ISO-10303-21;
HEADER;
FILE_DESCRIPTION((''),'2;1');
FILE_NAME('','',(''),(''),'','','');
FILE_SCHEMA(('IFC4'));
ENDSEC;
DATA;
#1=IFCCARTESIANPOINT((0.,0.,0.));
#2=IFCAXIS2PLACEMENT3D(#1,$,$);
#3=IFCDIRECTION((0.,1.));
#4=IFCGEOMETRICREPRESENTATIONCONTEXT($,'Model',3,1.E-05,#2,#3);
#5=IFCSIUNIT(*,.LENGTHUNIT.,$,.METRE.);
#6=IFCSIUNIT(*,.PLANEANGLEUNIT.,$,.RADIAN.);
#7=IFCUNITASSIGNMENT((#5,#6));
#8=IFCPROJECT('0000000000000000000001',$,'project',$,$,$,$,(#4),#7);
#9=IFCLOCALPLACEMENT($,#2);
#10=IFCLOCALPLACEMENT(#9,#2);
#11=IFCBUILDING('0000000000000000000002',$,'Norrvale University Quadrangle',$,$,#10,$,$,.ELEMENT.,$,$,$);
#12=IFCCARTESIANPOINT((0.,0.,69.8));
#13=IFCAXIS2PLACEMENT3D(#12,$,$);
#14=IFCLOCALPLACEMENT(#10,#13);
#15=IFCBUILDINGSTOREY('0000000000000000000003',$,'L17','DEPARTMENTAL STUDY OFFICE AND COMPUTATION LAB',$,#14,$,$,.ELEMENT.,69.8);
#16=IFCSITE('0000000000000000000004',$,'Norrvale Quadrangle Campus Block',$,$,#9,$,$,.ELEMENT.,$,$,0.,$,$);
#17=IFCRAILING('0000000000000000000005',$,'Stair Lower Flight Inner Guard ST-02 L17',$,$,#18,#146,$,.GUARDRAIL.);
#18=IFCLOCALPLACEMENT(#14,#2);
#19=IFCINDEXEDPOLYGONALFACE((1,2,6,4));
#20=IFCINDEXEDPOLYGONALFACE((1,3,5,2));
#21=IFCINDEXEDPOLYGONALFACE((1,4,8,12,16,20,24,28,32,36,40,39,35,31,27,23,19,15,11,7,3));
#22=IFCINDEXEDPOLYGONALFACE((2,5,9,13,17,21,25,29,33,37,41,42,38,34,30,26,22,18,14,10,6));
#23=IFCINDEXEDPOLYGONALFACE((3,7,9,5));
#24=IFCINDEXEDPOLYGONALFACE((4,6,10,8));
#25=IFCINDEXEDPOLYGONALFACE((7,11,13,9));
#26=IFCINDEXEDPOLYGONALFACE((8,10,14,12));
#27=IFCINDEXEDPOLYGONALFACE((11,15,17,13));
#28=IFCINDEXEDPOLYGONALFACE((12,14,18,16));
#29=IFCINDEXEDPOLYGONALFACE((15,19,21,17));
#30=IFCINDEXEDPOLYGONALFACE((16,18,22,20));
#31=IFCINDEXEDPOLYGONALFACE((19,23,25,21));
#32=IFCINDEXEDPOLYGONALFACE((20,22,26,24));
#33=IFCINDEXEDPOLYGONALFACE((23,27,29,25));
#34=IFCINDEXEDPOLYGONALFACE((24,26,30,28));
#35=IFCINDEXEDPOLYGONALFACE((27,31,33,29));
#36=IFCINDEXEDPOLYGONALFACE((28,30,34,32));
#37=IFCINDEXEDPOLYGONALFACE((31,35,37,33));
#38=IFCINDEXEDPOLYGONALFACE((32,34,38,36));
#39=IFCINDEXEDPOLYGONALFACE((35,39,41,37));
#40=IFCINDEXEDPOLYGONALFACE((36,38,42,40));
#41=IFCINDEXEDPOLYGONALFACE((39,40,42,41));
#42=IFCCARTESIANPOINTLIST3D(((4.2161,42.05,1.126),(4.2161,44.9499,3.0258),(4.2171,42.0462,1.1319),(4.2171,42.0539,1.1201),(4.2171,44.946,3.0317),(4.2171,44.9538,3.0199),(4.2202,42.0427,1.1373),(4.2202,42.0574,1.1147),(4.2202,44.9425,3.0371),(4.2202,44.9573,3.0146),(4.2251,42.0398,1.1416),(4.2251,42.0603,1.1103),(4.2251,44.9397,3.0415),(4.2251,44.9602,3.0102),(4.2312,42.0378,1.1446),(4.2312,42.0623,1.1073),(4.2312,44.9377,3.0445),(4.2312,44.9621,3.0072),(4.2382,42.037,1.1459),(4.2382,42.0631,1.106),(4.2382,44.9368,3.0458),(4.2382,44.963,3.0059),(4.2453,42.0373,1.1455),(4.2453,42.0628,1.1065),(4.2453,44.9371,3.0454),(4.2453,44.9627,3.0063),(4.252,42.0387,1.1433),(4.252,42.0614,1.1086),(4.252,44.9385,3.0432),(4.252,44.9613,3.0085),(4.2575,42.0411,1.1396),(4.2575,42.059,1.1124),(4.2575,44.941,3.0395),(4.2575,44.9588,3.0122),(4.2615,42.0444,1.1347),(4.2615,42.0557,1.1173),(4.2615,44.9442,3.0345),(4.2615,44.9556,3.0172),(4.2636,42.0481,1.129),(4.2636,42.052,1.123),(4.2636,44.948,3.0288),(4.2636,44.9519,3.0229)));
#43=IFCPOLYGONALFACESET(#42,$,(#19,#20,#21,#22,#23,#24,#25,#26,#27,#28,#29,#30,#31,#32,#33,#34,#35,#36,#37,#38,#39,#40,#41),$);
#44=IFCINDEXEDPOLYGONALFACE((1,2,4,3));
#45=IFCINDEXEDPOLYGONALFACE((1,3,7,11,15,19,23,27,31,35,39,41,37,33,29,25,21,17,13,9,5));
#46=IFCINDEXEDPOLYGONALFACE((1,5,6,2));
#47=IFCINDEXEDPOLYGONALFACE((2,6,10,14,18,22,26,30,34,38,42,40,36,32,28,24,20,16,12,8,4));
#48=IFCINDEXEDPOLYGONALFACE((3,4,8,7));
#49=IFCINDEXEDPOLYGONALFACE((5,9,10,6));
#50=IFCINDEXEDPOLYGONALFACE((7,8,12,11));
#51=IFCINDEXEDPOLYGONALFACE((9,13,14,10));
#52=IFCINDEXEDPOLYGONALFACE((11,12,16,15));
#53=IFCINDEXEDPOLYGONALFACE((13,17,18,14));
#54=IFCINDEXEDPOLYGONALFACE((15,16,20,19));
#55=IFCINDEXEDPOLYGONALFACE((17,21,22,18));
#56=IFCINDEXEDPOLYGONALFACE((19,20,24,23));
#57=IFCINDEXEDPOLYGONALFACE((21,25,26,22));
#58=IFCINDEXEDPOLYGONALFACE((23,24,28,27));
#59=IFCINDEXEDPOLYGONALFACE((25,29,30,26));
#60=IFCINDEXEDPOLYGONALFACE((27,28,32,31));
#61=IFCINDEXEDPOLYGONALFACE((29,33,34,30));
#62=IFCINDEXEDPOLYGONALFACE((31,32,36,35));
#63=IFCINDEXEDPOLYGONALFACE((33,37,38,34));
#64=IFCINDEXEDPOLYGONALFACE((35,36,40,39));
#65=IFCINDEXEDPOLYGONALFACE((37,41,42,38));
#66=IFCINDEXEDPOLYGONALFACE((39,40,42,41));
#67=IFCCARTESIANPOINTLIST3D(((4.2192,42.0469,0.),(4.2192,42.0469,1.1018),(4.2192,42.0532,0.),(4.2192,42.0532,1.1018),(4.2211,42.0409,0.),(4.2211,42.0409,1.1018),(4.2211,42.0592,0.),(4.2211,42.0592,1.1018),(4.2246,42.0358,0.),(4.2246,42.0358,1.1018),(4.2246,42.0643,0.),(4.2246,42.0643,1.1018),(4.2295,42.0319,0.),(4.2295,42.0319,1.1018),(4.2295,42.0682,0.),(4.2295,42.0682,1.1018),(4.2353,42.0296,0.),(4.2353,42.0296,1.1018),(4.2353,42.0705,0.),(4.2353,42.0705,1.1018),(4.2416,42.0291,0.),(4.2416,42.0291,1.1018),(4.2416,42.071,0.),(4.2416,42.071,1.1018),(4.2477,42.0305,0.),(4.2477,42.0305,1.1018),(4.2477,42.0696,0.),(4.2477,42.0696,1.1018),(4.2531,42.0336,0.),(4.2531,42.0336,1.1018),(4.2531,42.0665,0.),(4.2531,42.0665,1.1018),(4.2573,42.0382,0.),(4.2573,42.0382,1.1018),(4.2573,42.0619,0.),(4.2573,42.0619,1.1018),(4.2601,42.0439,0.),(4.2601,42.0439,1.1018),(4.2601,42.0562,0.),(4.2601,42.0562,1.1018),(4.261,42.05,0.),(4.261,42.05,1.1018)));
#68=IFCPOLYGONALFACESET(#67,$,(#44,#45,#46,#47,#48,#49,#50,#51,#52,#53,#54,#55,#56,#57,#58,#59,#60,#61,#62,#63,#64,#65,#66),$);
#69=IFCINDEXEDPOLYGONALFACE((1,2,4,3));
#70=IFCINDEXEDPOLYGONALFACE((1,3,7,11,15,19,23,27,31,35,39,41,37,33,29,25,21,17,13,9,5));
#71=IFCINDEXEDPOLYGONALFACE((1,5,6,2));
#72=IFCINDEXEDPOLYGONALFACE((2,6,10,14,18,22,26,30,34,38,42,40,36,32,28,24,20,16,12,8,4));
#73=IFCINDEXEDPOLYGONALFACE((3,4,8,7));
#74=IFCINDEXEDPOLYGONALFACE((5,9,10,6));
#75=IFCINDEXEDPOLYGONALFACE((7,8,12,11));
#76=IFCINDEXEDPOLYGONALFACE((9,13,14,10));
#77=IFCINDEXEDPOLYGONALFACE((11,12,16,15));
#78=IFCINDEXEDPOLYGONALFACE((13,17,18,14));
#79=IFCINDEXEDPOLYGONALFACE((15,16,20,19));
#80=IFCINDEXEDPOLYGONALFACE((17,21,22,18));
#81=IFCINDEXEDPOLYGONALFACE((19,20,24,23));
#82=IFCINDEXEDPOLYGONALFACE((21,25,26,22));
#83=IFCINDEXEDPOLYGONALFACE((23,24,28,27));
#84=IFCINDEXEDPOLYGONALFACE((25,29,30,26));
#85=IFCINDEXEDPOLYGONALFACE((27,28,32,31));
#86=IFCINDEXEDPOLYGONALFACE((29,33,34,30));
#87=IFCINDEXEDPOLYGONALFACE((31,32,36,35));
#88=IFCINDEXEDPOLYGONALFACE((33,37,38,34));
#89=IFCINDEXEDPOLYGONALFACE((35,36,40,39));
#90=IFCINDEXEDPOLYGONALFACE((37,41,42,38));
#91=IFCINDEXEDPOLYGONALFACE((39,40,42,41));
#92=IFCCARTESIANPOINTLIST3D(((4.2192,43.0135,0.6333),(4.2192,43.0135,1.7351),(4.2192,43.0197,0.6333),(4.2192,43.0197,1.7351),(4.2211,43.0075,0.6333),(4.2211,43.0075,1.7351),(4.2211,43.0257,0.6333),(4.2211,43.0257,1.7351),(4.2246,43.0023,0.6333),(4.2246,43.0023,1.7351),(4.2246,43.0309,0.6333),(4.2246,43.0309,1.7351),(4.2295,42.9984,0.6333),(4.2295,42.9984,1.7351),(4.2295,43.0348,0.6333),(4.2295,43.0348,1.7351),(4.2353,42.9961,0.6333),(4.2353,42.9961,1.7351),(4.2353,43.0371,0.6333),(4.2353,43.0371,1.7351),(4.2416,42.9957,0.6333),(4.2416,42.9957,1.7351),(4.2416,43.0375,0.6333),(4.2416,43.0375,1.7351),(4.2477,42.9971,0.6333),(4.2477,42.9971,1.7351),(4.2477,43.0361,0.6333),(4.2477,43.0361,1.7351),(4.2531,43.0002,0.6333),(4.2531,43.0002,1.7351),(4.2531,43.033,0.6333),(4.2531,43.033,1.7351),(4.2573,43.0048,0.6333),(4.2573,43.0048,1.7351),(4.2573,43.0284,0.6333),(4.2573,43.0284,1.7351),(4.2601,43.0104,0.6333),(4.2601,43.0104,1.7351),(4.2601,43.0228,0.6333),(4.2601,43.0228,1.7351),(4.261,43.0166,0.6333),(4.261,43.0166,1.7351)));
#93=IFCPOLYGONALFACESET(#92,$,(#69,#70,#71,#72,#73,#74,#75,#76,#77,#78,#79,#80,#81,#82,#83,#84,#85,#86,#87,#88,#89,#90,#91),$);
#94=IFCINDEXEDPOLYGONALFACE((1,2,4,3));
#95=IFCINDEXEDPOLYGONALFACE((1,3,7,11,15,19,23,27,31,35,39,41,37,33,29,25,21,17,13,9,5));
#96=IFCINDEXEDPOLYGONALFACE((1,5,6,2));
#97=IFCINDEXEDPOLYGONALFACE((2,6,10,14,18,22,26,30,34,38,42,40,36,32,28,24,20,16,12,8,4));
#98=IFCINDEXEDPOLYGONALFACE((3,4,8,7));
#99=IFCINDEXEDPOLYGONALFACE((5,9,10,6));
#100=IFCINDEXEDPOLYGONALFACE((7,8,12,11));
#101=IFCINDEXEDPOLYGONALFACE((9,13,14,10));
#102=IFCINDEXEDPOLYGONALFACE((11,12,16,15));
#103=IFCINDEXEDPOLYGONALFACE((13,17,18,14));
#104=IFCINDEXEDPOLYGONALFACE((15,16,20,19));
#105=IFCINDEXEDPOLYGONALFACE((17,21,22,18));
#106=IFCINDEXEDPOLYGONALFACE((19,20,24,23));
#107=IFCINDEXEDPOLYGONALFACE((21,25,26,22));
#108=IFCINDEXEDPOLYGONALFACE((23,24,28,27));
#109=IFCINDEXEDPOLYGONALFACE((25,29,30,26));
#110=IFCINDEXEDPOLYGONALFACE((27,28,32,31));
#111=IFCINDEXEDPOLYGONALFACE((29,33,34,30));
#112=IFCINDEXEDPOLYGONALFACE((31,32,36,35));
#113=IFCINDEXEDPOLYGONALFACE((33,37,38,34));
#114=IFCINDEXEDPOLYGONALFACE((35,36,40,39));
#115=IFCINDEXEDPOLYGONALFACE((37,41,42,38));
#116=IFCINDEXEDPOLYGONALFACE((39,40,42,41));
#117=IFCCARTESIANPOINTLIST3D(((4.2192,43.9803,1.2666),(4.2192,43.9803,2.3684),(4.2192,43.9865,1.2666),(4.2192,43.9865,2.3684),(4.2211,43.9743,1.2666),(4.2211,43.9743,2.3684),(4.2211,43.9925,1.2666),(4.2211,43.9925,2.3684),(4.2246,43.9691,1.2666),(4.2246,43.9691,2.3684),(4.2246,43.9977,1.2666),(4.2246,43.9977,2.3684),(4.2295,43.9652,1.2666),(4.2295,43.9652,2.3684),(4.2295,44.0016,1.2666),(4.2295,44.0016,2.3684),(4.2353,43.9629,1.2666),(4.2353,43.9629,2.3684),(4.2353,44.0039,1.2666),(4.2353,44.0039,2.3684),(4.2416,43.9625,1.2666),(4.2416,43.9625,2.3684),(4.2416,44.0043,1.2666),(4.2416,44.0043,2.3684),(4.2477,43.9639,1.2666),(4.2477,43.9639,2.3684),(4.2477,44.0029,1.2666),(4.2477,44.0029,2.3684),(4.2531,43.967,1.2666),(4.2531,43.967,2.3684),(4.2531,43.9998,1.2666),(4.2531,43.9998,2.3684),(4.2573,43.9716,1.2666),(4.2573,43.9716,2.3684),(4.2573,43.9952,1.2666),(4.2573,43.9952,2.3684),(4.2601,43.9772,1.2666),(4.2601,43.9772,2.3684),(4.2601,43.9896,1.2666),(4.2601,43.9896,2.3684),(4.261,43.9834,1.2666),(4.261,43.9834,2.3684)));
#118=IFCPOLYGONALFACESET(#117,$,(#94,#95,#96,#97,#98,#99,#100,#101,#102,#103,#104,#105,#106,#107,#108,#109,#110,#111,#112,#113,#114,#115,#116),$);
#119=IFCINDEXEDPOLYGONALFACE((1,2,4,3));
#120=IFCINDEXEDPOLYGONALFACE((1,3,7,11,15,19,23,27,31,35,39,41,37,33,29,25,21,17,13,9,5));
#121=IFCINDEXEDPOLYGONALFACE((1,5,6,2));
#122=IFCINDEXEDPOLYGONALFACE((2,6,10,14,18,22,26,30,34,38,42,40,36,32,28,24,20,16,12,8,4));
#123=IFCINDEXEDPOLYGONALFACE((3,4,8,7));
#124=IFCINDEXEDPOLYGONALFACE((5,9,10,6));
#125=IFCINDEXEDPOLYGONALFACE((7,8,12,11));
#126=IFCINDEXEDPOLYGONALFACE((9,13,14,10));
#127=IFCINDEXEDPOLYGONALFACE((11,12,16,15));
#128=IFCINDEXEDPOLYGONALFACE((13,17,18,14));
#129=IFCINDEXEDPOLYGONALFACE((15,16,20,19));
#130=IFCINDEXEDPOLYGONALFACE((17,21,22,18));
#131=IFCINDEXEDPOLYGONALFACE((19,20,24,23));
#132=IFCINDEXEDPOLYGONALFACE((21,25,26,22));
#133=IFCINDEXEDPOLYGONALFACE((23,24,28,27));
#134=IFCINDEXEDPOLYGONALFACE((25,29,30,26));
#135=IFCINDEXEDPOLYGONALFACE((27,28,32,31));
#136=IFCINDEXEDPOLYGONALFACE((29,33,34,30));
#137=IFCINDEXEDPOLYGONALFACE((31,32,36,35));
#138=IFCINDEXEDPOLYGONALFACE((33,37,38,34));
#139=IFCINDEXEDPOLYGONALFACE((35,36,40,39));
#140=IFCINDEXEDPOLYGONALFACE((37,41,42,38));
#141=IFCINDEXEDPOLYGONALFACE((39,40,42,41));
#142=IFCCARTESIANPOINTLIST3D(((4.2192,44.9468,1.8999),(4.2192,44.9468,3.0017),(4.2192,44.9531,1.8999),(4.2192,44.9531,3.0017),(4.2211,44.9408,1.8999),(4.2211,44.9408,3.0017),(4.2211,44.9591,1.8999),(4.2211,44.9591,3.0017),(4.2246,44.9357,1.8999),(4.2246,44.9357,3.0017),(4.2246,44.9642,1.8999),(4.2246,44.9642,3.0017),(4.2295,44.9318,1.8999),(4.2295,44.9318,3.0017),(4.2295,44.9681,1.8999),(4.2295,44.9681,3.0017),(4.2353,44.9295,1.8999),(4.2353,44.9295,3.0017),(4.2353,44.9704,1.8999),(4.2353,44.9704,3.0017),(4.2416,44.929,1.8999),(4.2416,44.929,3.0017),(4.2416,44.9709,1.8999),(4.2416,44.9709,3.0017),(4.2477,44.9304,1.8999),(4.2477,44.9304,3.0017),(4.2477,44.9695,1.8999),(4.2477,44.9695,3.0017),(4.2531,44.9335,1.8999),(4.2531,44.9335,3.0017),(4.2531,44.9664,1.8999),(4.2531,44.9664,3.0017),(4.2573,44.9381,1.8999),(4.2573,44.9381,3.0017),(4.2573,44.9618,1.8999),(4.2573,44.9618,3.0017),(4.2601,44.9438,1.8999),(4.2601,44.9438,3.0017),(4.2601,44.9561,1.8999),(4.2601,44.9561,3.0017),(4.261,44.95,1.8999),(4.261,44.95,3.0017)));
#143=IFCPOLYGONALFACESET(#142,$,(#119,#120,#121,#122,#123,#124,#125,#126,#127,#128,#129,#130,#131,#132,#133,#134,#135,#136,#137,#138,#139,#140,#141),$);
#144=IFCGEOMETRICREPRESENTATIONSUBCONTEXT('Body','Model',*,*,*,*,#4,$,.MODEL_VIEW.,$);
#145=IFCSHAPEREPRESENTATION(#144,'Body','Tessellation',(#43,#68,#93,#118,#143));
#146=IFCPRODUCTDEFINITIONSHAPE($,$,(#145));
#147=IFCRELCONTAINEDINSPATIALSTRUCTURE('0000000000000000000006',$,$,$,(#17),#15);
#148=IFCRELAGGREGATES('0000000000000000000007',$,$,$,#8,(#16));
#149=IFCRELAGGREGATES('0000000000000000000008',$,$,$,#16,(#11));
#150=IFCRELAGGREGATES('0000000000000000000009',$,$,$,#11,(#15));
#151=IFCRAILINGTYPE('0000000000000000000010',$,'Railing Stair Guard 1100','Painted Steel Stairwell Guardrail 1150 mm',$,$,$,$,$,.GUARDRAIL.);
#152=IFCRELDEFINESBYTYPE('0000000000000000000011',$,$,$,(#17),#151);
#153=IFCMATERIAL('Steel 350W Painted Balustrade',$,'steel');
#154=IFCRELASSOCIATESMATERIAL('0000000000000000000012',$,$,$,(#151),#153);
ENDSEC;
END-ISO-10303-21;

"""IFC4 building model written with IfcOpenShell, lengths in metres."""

from ifc_helpers import new_model, si_unit, direction, frame, origin, origin_2d, place, context, subcontext, project, spatial, circle, extrude, material, type_object, element, save


model = new_model("IFC4")

# Units and contexts
model_context = context("Model", 3, precision=1e-05, world=origin(), true_north=direction((0.0, 1.0)))
body_context = subcontext(model_context, "Body", "Model", "MODEL_VIEW")
ifc_project = project(units=[si_unit("LENGTHUNIT", "METRE"), si_unit("PLANEANGLEUNIT", "RADIAN")], contexts=[model_context])

# Site, building, storey
site_placement = place(None, origin())
site = spatial("IfcSite", under=ifc_project, at=site_placement, Name="Norrvale Quadrangle Campus Block", CompositionType="ELEMENT", RefElevation=0.0)
building_placement = place(site_placement, origin())
building = spatial("IfcBuilding", under=site, at=building_placement, Name="Norrvale University Quadrangle", CompositionType="ELEMENT")
storey_placement = place(building_placement, frame((0.0, 0.0, 69.8)))
storey = spatial("IfcBuildingStorey", under=building, at=storey_placement, Name="L17", Description="DEPARTMENTAL STUDY OFFICE AND COMPUTATION LAB", CompositionType="ELEMENT", Elevation=69.8)

# Railing
ifc_material_1 = material(Name="Steel 350W Painted Balustrade", Category="steel")
railing_type_1 = type_object("IfcRailingType", Name="Railing Stair Guard 1100", Description="Painted Steel Stairwell Guardrail 1150 mm", PredefinedType="GUARDRAIL", material=ifc_material_1)
railing_1_placement = place(storey_placement, frame((4.24, 42.05, 0.0)))
element("IfcRailing", 1, at=railing_1_placement, inside=storey, type_object=railing_type_1, Name="Stair Lower Flight Inner Guard ST-02 L17", PredefinedType="GUARDRAIL", context=body_context, shape_type="SweptSolid", body=[
    extrude(circle(Radius=0.0239, at=origin_2d()), frame((0.0, 0.0, 1.126), z_axis=(0.0, 0.836466, 0.548019), x_axis=(-1.0, 0.0, 0.0)), (0.0, 0.0, 1.0), 3.4668),
    extrude(circle(Radius=0.021, at=origin_2d()), origin(), (0.0, 0.0, 1.0), 1.1018),
    extrude(circle(Radius=0.021, at=origin_2d()), frame((0.0, 0.9666, 0.6333)), (0.0, 0.0, 1.0), 1.1018),
    extrude(circle(Radius=0.021, at=origin_2d()), frame((0.0, 1.9333, 1.2666)), (0.0, 0.0, 1.0), 1.1018),
    extrude(circle(Radius=0.021, at=origin_2d()), frame((0.0, 2.8999, 1.8999)), (0.0, 0.0, 1.0), 1.1018),
])

save(model, "model.ifc")
